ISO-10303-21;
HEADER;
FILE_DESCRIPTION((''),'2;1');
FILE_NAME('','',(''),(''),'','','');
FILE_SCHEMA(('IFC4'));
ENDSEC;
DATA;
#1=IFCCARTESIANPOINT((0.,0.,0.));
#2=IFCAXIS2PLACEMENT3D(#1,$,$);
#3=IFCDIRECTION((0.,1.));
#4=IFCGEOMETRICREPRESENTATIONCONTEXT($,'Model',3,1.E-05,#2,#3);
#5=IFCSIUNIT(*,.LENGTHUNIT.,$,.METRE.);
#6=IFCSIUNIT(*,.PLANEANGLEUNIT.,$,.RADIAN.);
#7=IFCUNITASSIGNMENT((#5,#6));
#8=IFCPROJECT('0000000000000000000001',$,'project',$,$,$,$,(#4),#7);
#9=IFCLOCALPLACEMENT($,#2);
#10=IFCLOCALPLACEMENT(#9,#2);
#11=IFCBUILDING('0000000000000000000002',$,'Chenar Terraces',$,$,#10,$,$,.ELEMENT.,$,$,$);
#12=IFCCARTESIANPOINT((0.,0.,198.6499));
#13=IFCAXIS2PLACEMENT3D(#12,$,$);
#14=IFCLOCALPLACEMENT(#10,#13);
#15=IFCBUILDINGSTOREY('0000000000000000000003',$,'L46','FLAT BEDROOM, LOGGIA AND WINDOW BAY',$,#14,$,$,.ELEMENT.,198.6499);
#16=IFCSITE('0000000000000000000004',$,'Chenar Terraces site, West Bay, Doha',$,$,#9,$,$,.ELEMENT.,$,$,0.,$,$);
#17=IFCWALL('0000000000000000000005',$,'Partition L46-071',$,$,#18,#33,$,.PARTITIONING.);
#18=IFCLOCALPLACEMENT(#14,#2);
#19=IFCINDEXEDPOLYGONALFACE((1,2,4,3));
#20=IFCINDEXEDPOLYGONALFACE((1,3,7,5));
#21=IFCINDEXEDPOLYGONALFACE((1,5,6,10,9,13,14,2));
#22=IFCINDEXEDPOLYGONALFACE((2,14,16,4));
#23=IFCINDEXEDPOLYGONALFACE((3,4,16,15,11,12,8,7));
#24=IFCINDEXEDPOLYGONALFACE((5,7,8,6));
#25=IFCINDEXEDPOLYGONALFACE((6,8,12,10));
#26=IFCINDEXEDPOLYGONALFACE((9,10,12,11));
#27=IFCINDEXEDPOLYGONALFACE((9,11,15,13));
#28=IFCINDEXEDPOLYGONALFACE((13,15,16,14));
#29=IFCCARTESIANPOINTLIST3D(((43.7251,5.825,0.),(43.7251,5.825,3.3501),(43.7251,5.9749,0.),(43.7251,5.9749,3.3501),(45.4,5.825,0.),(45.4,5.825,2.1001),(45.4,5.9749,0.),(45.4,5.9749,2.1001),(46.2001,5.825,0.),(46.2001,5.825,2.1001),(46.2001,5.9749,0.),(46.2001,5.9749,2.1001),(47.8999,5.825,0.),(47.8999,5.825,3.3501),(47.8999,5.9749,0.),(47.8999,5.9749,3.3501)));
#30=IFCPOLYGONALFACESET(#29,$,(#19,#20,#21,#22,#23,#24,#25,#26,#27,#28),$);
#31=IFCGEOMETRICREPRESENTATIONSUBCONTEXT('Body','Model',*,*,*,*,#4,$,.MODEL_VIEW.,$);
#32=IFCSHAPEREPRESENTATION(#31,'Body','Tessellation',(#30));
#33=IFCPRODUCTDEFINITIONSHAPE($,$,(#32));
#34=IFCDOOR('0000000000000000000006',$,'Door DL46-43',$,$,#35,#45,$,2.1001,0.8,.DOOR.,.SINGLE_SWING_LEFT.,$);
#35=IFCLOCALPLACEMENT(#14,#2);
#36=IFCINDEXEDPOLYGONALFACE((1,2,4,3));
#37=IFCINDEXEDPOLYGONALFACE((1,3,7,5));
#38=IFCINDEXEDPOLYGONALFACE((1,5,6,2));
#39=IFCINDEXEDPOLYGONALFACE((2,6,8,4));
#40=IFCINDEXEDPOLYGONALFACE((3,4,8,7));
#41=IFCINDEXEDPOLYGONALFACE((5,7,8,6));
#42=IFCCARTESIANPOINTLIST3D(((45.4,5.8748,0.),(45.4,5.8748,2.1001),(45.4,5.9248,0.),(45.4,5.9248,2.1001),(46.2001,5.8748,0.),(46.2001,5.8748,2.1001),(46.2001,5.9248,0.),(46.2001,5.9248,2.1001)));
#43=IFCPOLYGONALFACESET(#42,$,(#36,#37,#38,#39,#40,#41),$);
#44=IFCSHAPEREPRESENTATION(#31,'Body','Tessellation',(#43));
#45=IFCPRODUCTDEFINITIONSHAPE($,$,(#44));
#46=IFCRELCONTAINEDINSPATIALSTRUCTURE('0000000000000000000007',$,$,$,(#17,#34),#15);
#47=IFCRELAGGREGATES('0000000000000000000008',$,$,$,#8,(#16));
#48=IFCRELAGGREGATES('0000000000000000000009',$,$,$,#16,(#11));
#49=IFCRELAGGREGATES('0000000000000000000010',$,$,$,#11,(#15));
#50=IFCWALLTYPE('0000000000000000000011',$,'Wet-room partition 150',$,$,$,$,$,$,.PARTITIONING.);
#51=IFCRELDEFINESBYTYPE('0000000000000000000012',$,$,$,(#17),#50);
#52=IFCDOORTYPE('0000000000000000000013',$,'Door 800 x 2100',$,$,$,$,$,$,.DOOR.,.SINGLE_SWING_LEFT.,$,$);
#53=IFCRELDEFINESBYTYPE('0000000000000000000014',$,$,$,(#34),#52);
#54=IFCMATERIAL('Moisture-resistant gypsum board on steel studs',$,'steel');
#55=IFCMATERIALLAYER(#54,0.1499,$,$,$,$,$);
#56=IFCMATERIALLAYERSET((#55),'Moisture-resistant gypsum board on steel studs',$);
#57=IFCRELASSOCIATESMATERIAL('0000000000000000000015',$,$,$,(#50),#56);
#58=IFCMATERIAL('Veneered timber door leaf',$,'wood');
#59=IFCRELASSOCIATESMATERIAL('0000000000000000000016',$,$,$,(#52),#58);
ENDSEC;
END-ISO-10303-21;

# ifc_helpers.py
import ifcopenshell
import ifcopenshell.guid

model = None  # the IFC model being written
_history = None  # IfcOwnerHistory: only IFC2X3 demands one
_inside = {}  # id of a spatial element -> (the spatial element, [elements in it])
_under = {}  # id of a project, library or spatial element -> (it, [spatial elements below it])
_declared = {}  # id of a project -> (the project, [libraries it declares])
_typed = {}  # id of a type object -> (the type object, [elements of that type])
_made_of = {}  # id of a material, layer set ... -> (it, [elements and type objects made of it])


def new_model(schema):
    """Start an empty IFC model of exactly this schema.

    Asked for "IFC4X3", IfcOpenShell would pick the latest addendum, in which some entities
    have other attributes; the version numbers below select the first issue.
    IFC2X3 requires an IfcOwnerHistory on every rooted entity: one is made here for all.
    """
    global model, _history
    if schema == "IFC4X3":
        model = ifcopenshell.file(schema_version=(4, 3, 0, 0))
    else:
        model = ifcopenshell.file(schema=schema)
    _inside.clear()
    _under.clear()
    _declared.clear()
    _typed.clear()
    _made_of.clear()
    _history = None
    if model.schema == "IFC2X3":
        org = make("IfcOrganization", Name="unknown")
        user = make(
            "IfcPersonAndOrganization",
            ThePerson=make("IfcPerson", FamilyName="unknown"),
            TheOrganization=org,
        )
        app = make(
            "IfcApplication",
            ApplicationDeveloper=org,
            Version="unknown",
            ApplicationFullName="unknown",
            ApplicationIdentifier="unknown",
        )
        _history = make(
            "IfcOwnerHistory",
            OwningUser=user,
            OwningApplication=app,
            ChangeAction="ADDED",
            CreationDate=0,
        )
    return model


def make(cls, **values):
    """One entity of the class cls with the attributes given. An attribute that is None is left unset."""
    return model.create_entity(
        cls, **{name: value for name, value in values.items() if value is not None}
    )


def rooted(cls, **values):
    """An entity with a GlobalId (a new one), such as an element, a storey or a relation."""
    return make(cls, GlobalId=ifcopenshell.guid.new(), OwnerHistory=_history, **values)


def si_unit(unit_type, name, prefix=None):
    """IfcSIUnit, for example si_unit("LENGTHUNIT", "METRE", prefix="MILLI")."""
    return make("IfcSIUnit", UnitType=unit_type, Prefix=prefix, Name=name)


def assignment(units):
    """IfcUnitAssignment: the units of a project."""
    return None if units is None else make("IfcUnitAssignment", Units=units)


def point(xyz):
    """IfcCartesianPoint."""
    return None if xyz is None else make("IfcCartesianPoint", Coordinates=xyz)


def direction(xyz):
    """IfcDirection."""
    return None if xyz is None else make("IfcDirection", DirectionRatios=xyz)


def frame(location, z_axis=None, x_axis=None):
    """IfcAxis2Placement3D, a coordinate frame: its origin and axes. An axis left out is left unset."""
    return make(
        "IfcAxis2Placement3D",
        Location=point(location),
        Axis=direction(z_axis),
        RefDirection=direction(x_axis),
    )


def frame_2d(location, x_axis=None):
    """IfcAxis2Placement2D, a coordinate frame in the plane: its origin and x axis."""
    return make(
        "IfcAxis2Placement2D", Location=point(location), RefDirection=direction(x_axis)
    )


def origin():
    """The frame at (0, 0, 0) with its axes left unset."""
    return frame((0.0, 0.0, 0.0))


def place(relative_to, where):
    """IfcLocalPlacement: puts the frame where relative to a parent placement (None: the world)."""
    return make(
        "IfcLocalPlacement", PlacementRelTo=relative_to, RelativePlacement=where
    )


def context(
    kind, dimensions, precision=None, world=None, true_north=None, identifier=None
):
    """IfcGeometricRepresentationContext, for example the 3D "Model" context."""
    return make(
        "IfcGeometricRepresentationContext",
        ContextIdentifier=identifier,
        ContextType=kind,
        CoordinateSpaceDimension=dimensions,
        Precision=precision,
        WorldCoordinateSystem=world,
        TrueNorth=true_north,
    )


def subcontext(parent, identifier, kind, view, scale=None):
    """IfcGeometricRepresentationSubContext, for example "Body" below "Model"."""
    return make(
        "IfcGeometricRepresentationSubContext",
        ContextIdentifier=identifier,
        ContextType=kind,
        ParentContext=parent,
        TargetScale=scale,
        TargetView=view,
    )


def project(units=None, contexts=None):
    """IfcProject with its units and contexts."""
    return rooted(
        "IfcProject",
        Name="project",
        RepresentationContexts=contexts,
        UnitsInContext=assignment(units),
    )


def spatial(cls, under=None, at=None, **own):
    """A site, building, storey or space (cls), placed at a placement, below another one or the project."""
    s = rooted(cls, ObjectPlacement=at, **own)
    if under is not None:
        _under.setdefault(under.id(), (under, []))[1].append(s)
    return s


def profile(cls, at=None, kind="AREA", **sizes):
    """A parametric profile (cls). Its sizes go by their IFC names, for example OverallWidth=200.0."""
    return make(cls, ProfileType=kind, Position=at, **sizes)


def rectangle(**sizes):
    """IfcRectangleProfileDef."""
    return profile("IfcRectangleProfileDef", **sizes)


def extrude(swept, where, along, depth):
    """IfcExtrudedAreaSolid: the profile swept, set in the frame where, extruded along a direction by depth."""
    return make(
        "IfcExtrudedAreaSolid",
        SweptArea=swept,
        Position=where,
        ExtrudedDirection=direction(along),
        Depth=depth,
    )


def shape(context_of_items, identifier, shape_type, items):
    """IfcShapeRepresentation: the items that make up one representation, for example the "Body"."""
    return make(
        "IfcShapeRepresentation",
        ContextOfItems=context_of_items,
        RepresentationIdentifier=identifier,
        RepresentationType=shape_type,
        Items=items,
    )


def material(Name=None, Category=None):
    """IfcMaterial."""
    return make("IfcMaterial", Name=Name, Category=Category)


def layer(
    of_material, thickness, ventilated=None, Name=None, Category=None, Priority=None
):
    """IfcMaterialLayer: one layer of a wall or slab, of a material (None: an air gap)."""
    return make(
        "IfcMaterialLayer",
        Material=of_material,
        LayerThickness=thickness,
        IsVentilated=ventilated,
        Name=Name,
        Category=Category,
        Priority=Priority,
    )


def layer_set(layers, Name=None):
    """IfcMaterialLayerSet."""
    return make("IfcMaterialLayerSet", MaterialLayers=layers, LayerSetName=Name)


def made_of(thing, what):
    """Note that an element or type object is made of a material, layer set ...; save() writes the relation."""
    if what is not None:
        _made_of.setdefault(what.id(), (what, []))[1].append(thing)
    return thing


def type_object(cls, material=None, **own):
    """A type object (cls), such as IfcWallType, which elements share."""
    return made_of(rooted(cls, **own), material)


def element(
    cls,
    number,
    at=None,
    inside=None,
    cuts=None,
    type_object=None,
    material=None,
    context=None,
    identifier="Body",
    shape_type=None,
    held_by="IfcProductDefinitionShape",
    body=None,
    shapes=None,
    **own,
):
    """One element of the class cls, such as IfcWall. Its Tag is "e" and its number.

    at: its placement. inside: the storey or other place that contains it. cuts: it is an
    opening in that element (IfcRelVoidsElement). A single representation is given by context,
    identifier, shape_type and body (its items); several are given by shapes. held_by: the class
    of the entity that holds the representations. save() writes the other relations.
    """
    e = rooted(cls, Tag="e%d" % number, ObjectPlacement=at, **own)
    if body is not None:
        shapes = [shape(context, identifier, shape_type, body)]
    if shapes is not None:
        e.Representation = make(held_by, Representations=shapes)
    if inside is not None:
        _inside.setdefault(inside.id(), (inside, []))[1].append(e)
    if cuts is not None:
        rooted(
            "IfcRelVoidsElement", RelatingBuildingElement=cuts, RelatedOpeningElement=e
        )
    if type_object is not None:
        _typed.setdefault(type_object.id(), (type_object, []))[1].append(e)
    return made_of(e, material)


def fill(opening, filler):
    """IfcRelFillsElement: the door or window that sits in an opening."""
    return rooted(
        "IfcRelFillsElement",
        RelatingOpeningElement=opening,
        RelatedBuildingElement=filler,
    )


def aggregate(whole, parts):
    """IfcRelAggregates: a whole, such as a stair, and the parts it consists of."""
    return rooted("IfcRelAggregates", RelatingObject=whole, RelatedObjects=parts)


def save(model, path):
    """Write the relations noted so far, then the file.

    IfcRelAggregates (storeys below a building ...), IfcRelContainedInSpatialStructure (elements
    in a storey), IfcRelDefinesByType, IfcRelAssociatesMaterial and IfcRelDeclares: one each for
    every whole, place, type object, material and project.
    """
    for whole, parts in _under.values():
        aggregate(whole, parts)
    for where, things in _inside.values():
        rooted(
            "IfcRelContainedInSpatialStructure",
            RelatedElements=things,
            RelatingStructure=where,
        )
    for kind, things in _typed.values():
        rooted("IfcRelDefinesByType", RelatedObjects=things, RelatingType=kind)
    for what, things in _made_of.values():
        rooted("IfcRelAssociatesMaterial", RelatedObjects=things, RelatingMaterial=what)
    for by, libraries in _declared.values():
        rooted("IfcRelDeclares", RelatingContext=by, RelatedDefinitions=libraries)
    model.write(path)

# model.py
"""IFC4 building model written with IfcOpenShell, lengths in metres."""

from ifc_helpers import new_model, si_unit, direction, frame, frame_2d, origin, place, context, subcontext, project, spatial, rectangle, extrude, material, layer, layer_set, type_object, element, fill, save


model = new_model("IFC4")

# Units and contexts
model_context = context("Model", 3, precision=1e-05, world=origin(), true_north=direction((0.0, 1.0)))
body_context = subcontext(model_context, "Body", "Model", "MODEL_VIEW")
ifc_project = project(units=[si_unit("LENGTHUNIT", "METRE"), si_unit("PLANEANGLEUNIT", "RADIAN")], contexts=[model_context])

# Site, building, storey
site_placement = place(None, origin())
site = spatial("IfcSite", under=ifc_project, at=site_placement, Name="Chenar Terraces site, West Bay, Doha", CompositionType="ELEMENT", RefElevation=0.0)
building_placement = place(site_placement, origin())
building = spatial("IfcBuilding", under=site, at=building_placement, Name="Chenar Terraces", CompositionType="ELEMENT")
storey_placement = place(building_placement, frame((0.0, 0.0, 198.6499)))
storey = spatial("IfcBuildingStorey", under=building, at=storey_placement, Name="L46", Description="FLAT BEDROOM, LOGGIA AND WINDOW BAY", CompositionType="ELEMENT", Elevation=198.6499)

# Wall, opening, door
ifc_material_1 = material(Name="Moisture-resistant gypsum board on steel studs", Category="steel")
ifc_layer_1 = layer(ifc_material_1, 0.1499)
ifc_layer_set_1 = layer_set([ifc_layer_1], Name="Moisture-resistant gypsum board on steel studs")
wall_type_1 = type_object("IfcWallType", Name="Wet-room partition 150", PredefinedType="PARTITIONING", material=ifc_layer_set_1)
wall_1_placement = place(storey_placement, frame((43.7251, 5.8999, 0.0), z_axis=(0.0, 0.0, 1.0), x_axis=(1.0, 0.0, 0.0)))
wall_1 = element("IfcWall", 1, at=wall_1_placement, inside=storey, type_object=wall_type_1, Name="Partition L46-071", PredefinedType="PARTITIONING", context=body_context, shape_type="SweptSolid", body=[
    extrude(rectangle(XDim=4.1748, YDim=0.1499, at=frame_2d((2.0874, 0.0))), origin(), (0.0, 0.0, 1.0), 3.3501),
])
opening_1_placement = place(wall_1_placement, frame((1.675, 0.0, 0.0)))
opening_1 = element("IfcOpeningElement", 2, at=opening_1_placement, cuts=wall_1, PredefinedType="OPENING", context=body_context, shape_type="SweptSolid", body=[
    extrude(rectangle(XDim=0.8, YDim=2.1001, at=frame_2d((0.3999, 1.05))), frame((0.0, 0.085, 0.0), z_axis=(0.0, -1.0, 0.0), x_axis=(1.0, 0.0, 0.0)), (0.0, 0.0, 1.0), 0.1699),
])
ifc_material_2 = material(Name="Veneered timber door leaf", Category="wood")
door_type_1 = type_object("IfcDoorType", Name="Door 800 x 2100", OperationType="SINGLE_SWING_LEFT", PredefinedType="DOOR", material=ifc_material_2)
door_1_placement = place(opening_1_placement, origin())
door_1 = element("IfcDoor", 3, at=door_1_placement, inside=storey, type_object=door_type_1, Name="Door DL46-43", OperationType="SINGLE_SWING_LEFT", OverallHeight=2.1001, OverallWidth=0.8, PredefinedType="DOOR", context=body_context, shape_type="SweptSolid", body=[
    extrude(rectangle(XDim=0.8, YDim=2.1001, at=frame_2d((0.3999, 1.05))), frame((0.0, 0.0249, 0.0), z_axis=(0.0, -1.0, 0.0), x_axis=(1.0, 0.0, 0.0)), (0.0, 0.0, 1.0), 0.05),
])
fill(opening_1, door_1)

save(model, "model.ifc")
